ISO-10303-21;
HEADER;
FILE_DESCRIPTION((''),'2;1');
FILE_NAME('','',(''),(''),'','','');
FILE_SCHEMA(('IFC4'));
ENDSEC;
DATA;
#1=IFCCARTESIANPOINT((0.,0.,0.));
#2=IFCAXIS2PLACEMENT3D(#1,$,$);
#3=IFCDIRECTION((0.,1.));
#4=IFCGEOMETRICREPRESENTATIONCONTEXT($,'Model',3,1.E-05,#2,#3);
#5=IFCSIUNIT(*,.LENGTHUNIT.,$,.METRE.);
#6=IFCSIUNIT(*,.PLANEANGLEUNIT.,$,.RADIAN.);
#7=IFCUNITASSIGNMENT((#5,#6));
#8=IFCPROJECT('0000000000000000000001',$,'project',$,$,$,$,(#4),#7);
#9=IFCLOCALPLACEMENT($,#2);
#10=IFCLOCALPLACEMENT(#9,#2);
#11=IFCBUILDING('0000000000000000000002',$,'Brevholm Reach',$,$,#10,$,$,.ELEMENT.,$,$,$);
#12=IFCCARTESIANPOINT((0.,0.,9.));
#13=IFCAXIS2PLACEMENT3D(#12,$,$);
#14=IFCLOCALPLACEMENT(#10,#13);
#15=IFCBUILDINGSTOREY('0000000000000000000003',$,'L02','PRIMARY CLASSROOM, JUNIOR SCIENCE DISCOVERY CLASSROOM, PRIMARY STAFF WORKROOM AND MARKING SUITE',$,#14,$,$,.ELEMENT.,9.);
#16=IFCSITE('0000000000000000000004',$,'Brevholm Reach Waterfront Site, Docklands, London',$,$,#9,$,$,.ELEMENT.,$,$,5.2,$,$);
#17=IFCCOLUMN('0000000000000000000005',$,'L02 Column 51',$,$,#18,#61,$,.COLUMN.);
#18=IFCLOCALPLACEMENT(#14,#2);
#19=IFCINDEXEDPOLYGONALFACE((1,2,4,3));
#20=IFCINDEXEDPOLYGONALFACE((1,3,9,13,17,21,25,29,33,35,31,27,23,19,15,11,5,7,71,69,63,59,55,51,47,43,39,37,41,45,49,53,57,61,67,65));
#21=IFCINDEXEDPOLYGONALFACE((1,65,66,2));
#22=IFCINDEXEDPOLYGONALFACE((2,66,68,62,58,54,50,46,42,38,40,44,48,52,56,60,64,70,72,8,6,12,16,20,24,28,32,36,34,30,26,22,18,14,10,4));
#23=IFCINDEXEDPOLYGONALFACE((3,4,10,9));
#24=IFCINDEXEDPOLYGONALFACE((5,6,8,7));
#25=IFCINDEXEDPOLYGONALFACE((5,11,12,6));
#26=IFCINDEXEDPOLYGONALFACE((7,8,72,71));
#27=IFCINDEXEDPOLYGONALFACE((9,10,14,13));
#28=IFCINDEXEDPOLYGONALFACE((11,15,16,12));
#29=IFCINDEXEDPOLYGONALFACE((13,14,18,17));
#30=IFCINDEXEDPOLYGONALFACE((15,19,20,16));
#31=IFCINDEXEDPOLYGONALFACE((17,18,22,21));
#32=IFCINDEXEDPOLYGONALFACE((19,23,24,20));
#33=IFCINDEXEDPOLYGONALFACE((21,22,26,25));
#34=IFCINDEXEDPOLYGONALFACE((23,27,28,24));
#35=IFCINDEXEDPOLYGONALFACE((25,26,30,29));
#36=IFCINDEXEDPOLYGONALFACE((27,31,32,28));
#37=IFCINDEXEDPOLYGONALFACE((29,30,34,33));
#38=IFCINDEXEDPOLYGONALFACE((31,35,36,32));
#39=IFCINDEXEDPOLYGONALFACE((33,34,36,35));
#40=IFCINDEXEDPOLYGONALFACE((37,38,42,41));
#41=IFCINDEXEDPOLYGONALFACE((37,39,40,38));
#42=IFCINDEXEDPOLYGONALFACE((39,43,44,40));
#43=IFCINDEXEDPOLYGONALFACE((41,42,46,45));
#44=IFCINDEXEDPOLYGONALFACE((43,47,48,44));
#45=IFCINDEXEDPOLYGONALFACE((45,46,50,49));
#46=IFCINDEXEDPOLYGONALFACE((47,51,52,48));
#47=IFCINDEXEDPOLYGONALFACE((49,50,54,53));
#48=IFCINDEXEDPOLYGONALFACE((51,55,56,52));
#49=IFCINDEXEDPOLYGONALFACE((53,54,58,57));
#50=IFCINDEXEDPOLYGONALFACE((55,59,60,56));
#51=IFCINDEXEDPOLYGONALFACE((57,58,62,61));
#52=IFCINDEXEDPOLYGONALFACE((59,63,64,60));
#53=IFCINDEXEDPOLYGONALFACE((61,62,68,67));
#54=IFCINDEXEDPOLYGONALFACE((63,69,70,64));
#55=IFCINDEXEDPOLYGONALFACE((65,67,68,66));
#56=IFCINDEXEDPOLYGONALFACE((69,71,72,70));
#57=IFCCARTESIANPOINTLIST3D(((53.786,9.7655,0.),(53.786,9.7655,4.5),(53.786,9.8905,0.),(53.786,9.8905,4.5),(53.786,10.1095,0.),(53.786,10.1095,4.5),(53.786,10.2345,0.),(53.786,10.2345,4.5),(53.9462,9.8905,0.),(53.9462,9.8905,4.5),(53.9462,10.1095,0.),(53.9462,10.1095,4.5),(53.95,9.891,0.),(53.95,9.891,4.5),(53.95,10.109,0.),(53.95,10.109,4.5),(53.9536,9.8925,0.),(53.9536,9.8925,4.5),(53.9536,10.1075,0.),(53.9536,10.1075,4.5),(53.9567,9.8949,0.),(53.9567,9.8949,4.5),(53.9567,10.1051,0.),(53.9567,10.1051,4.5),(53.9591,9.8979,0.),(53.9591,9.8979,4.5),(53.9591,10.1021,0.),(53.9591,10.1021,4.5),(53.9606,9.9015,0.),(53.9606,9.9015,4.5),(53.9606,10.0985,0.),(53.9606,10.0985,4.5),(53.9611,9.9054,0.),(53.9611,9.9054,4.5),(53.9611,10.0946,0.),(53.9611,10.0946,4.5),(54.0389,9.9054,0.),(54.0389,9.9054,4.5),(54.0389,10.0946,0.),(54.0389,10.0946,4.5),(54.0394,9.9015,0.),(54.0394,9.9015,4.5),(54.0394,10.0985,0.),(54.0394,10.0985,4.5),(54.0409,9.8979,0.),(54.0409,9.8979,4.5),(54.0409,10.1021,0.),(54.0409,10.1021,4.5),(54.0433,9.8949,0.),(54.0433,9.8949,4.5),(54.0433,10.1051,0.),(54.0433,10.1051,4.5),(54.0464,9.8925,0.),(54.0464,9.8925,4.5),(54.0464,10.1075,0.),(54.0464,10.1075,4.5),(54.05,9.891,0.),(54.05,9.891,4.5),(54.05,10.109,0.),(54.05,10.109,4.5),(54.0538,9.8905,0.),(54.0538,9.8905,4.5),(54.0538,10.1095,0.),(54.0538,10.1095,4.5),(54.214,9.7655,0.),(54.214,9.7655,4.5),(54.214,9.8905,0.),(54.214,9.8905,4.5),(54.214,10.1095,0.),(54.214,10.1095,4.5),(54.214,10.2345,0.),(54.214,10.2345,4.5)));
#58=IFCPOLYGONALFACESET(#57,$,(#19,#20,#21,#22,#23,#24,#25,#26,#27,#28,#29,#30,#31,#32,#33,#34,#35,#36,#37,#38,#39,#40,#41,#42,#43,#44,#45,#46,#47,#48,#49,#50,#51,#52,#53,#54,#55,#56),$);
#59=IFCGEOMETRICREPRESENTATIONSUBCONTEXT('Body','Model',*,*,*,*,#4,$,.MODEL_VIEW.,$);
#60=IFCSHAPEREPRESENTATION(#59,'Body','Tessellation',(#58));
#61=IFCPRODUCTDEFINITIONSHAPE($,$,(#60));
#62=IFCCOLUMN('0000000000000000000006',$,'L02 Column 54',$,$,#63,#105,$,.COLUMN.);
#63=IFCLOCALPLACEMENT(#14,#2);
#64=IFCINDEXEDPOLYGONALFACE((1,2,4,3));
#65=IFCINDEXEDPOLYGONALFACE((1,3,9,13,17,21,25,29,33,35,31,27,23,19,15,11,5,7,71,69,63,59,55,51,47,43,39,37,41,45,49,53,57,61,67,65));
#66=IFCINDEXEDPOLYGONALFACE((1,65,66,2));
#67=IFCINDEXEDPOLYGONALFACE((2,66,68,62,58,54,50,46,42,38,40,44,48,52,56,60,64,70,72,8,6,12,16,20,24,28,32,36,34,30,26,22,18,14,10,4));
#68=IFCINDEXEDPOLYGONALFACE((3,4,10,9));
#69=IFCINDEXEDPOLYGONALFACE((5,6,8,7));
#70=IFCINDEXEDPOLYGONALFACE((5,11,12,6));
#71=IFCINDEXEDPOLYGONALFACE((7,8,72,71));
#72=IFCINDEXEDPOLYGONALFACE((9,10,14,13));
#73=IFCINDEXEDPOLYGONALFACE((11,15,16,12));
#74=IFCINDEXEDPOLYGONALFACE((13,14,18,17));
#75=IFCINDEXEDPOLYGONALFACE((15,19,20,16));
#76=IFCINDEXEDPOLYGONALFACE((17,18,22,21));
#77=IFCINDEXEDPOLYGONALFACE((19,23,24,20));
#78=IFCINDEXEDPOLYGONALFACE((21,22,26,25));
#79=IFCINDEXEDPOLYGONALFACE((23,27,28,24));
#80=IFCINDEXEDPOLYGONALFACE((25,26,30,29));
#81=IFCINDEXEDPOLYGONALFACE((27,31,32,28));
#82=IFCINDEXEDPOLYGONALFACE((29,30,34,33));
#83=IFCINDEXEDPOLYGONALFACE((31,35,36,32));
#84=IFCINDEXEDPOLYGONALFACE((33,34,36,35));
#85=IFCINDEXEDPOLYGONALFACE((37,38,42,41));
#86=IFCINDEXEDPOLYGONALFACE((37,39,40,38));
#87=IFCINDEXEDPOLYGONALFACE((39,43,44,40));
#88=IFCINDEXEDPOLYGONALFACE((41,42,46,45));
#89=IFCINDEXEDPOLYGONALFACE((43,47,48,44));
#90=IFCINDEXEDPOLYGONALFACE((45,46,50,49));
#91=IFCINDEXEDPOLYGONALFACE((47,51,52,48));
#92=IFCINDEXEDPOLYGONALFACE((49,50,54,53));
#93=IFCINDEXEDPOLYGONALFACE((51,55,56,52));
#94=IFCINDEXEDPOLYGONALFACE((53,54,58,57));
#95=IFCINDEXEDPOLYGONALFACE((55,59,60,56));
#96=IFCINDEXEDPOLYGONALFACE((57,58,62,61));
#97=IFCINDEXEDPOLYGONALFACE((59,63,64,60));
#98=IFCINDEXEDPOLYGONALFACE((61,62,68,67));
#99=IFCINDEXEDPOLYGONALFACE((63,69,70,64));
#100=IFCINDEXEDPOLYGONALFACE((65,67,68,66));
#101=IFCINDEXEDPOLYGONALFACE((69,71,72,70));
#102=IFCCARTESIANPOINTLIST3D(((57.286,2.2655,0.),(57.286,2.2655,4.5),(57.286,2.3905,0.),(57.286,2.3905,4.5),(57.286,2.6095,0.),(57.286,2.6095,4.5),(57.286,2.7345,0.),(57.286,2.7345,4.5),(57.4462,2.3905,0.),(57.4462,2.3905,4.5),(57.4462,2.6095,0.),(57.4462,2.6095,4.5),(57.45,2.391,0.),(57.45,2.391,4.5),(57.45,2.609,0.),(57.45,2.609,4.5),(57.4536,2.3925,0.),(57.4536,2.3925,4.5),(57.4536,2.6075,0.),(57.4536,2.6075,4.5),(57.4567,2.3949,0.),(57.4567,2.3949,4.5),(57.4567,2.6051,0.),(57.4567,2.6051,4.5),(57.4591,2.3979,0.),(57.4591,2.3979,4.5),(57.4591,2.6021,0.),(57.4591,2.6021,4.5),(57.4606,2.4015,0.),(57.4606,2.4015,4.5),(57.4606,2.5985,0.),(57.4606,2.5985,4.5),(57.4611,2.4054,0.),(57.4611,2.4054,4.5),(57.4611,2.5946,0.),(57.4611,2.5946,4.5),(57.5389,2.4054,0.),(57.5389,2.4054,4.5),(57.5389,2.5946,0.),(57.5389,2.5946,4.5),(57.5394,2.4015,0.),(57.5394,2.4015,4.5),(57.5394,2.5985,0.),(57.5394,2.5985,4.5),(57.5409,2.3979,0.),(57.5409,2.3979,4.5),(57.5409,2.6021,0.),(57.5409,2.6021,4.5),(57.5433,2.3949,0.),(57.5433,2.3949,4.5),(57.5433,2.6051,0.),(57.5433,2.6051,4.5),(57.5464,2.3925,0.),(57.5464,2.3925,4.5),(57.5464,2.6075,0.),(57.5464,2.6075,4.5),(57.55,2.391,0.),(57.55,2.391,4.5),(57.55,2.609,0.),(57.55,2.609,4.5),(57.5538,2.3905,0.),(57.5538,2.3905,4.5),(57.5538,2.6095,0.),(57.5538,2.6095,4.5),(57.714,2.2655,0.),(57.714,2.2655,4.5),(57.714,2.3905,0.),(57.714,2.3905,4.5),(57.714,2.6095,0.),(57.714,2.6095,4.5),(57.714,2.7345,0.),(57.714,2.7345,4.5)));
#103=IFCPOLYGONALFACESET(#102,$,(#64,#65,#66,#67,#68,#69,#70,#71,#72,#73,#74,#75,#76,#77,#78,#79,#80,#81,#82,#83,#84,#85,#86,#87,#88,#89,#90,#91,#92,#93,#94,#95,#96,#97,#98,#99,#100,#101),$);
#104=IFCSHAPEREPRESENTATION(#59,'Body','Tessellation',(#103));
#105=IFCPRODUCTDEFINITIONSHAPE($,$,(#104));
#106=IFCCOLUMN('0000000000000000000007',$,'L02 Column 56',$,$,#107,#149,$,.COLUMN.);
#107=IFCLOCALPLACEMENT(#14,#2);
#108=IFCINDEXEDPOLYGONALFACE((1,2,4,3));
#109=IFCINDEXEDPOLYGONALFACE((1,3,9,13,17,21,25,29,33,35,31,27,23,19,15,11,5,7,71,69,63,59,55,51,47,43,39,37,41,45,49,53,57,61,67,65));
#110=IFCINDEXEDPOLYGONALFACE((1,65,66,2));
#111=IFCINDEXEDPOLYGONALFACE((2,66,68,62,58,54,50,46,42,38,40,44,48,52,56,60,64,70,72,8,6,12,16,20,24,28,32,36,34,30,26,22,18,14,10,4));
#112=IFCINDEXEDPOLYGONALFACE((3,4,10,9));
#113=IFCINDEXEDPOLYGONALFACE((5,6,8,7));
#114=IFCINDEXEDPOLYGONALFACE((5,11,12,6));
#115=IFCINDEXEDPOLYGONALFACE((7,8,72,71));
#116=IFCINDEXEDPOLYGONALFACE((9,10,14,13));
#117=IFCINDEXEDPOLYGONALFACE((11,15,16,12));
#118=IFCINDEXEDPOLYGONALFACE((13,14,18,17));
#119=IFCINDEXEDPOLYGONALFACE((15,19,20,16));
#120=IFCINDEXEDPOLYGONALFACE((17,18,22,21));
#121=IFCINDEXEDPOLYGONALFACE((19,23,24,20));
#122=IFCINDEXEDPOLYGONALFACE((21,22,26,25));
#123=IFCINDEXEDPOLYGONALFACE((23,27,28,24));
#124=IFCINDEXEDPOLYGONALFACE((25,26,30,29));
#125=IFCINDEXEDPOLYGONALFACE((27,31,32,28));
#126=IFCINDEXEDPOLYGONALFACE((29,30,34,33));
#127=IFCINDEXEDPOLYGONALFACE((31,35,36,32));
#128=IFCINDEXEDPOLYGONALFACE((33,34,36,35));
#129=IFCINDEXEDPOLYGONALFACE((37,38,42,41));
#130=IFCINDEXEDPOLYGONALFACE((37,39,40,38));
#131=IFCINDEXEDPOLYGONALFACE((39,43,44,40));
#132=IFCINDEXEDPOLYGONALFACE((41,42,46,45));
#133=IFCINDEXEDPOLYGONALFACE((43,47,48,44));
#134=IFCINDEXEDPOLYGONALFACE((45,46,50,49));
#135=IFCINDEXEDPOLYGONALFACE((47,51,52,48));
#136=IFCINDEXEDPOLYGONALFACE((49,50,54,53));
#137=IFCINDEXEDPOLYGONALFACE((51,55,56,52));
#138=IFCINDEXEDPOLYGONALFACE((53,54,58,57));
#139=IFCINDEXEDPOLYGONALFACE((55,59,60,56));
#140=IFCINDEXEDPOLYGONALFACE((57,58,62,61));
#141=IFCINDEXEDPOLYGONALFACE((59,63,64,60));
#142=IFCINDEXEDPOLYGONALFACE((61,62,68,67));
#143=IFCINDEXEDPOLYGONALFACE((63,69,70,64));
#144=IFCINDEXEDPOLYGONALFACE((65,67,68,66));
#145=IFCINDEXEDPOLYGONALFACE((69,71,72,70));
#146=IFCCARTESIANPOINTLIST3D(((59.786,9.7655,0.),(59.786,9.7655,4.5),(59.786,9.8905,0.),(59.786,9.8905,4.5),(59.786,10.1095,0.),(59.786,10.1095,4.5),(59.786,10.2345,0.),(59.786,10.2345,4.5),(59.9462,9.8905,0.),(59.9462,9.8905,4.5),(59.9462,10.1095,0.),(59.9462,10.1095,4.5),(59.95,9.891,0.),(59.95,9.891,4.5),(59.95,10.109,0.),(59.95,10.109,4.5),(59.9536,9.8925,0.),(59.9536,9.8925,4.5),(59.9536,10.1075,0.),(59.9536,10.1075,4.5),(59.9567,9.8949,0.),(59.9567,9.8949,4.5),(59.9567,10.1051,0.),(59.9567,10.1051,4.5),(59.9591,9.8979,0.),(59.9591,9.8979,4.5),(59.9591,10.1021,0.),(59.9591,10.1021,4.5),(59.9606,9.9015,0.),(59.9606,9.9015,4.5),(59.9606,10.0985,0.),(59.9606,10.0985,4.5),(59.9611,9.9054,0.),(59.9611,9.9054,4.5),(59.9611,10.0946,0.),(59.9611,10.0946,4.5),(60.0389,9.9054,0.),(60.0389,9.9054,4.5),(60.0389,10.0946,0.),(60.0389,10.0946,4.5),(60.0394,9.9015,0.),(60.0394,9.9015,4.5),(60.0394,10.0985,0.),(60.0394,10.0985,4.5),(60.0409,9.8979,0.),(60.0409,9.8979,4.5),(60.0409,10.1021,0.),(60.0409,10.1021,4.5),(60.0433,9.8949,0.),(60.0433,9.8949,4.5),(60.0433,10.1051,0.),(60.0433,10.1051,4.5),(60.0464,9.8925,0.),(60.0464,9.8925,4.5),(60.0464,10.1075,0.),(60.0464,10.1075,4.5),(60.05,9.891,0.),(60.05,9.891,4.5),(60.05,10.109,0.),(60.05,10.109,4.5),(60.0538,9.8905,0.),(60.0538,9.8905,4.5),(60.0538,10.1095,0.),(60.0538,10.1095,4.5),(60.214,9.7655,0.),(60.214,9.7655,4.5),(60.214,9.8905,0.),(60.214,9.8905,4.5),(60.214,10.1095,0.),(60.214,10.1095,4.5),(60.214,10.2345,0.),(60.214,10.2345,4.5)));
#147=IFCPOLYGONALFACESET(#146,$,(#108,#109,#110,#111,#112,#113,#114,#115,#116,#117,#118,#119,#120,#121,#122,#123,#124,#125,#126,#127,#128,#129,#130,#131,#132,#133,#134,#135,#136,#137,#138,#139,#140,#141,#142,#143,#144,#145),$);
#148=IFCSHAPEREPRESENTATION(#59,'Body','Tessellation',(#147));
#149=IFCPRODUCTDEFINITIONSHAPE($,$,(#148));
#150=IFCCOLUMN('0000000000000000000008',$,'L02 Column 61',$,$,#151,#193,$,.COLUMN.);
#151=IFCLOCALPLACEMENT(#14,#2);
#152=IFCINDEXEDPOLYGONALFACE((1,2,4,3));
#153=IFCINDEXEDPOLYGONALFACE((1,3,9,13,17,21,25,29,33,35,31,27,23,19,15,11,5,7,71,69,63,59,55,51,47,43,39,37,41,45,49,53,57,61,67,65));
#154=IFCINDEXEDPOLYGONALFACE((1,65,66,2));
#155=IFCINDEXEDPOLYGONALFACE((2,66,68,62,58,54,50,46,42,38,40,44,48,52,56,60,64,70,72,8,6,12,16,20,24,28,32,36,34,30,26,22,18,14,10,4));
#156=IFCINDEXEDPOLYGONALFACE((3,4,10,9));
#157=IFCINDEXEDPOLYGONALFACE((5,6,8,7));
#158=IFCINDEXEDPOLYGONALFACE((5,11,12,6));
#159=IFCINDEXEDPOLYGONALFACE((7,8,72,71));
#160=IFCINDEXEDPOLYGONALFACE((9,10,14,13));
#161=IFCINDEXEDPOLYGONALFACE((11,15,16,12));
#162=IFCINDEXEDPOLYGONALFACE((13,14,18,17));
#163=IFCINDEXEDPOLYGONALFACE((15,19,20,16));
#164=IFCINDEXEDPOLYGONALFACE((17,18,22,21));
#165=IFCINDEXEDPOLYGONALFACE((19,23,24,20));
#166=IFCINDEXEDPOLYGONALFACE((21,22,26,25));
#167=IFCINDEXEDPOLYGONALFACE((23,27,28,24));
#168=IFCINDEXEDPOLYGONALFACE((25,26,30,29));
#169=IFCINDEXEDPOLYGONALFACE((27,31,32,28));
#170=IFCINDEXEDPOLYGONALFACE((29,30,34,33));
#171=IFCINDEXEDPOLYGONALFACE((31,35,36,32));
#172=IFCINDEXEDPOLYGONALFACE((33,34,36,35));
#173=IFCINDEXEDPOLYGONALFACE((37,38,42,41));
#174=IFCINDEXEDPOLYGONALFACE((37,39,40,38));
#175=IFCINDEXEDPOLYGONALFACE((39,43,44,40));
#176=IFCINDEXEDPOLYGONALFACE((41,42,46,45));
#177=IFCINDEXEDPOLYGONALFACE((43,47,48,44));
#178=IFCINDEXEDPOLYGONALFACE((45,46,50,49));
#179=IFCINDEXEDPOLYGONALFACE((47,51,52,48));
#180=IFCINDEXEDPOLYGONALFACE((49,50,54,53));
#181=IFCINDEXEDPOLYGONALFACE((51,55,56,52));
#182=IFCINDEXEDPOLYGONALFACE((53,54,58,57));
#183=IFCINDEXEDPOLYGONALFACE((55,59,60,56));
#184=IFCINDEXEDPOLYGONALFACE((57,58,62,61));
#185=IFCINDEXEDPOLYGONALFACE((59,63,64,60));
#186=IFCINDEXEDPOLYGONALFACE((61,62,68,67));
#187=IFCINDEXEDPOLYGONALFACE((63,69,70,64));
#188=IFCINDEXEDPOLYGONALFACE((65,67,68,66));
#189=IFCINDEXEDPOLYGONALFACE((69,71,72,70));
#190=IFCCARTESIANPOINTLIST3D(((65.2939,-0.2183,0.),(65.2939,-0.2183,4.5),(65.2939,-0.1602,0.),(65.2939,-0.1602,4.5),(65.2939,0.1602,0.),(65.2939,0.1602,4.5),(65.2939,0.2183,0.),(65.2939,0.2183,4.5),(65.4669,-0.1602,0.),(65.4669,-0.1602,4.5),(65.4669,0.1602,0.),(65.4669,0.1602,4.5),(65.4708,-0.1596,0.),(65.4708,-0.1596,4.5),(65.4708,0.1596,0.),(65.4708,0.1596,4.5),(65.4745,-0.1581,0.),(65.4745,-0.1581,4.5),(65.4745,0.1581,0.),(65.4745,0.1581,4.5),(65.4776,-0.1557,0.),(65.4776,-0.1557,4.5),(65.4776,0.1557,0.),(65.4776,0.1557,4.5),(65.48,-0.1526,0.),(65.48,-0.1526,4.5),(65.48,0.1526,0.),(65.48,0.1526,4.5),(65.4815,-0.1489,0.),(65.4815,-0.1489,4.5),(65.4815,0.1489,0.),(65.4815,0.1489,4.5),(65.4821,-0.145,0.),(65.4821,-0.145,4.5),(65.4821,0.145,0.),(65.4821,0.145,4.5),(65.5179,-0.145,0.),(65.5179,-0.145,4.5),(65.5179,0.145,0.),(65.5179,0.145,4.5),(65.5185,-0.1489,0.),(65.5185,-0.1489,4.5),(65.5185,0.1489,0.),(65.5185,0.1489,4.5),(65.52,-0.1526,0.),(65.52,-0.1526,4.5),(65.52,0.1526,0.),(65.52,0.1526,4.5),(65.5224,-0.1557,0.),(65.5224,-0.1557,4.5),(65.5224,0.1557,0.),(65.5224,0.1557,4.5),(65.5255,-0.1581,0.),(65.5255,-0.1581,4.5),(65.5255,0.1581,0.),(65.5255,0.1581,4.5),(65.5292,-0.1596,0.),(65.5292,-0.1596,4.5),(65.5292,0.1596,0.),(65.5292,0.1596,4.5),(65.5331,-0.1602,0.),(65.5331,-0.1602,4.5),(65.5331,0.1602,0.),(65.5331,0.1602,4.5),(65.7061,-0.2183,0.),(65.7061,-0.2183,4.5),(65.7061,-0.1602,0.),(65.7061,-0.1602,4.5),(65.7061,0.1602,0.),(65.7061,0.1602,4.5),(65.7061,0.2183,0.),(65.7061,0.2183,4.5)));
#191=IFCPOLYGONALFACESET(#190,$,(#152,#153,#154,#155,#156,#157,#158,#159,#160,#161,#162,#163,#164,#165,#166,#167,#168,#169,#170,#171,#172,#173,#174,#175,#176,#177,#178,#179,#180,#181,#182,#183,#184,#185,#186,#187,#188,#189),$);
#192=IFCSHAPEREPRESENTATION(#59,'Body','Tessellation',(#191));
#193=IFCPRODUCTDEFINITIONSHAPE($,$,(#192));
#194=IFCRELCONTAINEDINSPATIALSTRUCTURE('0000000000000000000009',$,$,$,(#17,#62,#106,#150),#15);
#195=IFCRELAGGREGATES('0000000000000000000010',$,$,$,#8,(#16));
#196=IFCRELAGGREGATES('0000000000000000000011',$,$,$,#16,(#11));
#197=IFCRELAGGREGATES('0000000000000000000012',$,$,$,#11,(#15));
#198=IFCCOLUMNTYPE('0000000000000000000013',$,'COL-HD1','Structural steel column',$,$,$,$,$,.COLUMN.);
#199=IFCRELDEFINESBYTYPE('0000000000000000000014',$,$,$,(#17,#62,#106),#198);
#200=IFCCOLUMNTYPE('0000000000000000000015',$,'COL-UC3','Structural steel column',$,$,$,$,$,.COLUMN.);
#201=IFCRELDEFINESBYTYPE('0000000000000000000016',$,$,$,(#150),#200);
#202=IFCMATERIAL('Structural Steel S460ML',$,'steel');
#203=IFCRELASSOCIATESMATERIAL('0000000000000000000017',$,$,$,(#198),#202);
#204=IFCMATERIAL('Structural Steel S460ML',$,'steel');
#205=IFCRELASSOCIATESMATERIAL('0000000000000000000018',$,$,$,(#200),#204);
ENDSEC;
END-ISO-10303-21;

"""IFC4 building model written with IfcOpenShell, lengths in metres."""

from ifc_helpers import new_model, si_unit, direction, frame, origin, origin_2d, place, context, subcontext, project, spatial, i_section, extrude, material, material_profile, profile_set, type_object, element, save


model = new_model("IFC4")

# Units and contexts
model_context = context("Model", 3, precision=1e-05, world=origin(), true_north=direction((0.0, 1.0)))
body_context = subcontext(model_context, "Body", "Model", "MODEL_VIEW")
ifc_project = project(units=[si_unit("LENGTHUNIT", "METRE"), si_unit("PLANEANGLEUNIT", "RADIAN")], contexts=[model_context])

# Site, building, storey
site_placement = place(None, origin())
site = spatial("IfcSite", under=ifc_project, at=site_placement, Name="Brevholm Reach Waterfront Site, Docklands, London", CompositionType="ELEMENT", RefElevation=5.2)
building_placement = place(site_placement, origin())
building = spatial("IfcBuilding", under=site, at=building_placement, Name="Brevholm Reach", CompositionType="ELEMENT")
storey_placement = place(building_placement, frame((0.0, 0.0, 9.0)))
storey = spatial("IfcBuildingStorey", under=building, at=storey_placement, Name="L02", Description="PRIMARY CLASSROOM, JUNIOR SCIENCE DISCOVERY CLASSROOM, PRIMARY STAFF WORKROOM AND MARKING SUITE", CompositionType="ELEMENT", Elevation=9.0)

# Columns
ifc_material_1 = material(Name="Structural Steel S460ML", Category="steel")
ifc_material_profile_1 = material_profile(ifc_material_1, i_section(OverallWidth=0.428, OverallDepth=0.469, WebThickness=0.0779, FlangeThickness=0.125, FilletRadius=0.0149, at=origin_2d()), Name="HD 400x1086")
ifc_profile_set_1 = profile_set([ifc_material_profile_1], Name="Structural Steel S460ML")
column_type_1 = type_object("IfcColumnType", Name="COL-HD1", Description="Structural steel column", PredefinedType="COLUMN", material=ifc_profile_set_1)
for number, where, z_axis, x_axis, name in (
    (1, (54.0, 10.0, 0.0), (0.0, 0.0, 1.0), (1.0, 0.0, 0.0), "L02 Column 51"),
    (2, (57.5, 2.5, 0.0), (0.0, 0.0, 1.0), (1.0, 0.0, 0.0), "L02 Column 54"),
    (3, (60.0, 10.0, 0.0), (0.0, 0.0, 1.0), (1.0, 0.0, 0.0), "L02 Column 56"),
):
    element("IfcColumn", number, at=place(storey_placement, frame(where, z_axis=z_axis, x_axis=x_axis)), inside=storey, type_object=column_type_1, Name=name, PredefinedType="COLUMN", context=body_context, shape_type="SweptSolid", body=[
        extrude(i_section(OverallWidth=0.428, OverallDepth=0.469, WebThickness=0.0779, FlangeThickness=0.125, FilletRadius=0.0149, at=origin_2d()), origin(), (0.0, 0.0, 1.0), 4.5),
    ])
ifc_material_2 = material(Name="Structural Steel S460ML", Category="steel")
ifc_material_profile_2 = material_profile(ifc_material_2, i_section(OverallWidth=0.4121, OverallDepth=0.4365, WebThickness=0.0359, FlangeThickness=0.0581, FilletRadius=0.0151, at=origin_2d()), Name="UKC 356x406x467")
ifc_profile_set_2 = profile_set([ifc_material_profile_2], Name="Structural Steel S460ML")
column_type_2 = type_object("IfcColumnType", Name="COL-UC3", Description="Structural steel column", PredefinedType="COLUMN", material=ifc_profile_set_2)
for number, where, z_axis, x_axis, name in (
    (4, (65.5, 0.0, 0.0), (0.0, 0.0, 1.0), (1.0, 0.0, 0.0), "L02 Column 61"),
):
    element("IfcColumn", number, at=place(storey_placement, frame(where, z_axis=z_axis, x_axis=x_axis)), inside=storey, type_object=column_type_2, Name=name, PredefinedType="COLUMN", context=body_context, shape_type="SweptSolid", body=[
        extrude(i_section(OverallWidth=0.4121, OverallDepth=0.4365, WebThickness=0.0359, FlangeThickness=0.0581, FilletRadius=0.0151, at=origin_2d()), origin(), (0.0, 0.0, 1.0), 4.5),
    ])

save(model, "model.ifc")
